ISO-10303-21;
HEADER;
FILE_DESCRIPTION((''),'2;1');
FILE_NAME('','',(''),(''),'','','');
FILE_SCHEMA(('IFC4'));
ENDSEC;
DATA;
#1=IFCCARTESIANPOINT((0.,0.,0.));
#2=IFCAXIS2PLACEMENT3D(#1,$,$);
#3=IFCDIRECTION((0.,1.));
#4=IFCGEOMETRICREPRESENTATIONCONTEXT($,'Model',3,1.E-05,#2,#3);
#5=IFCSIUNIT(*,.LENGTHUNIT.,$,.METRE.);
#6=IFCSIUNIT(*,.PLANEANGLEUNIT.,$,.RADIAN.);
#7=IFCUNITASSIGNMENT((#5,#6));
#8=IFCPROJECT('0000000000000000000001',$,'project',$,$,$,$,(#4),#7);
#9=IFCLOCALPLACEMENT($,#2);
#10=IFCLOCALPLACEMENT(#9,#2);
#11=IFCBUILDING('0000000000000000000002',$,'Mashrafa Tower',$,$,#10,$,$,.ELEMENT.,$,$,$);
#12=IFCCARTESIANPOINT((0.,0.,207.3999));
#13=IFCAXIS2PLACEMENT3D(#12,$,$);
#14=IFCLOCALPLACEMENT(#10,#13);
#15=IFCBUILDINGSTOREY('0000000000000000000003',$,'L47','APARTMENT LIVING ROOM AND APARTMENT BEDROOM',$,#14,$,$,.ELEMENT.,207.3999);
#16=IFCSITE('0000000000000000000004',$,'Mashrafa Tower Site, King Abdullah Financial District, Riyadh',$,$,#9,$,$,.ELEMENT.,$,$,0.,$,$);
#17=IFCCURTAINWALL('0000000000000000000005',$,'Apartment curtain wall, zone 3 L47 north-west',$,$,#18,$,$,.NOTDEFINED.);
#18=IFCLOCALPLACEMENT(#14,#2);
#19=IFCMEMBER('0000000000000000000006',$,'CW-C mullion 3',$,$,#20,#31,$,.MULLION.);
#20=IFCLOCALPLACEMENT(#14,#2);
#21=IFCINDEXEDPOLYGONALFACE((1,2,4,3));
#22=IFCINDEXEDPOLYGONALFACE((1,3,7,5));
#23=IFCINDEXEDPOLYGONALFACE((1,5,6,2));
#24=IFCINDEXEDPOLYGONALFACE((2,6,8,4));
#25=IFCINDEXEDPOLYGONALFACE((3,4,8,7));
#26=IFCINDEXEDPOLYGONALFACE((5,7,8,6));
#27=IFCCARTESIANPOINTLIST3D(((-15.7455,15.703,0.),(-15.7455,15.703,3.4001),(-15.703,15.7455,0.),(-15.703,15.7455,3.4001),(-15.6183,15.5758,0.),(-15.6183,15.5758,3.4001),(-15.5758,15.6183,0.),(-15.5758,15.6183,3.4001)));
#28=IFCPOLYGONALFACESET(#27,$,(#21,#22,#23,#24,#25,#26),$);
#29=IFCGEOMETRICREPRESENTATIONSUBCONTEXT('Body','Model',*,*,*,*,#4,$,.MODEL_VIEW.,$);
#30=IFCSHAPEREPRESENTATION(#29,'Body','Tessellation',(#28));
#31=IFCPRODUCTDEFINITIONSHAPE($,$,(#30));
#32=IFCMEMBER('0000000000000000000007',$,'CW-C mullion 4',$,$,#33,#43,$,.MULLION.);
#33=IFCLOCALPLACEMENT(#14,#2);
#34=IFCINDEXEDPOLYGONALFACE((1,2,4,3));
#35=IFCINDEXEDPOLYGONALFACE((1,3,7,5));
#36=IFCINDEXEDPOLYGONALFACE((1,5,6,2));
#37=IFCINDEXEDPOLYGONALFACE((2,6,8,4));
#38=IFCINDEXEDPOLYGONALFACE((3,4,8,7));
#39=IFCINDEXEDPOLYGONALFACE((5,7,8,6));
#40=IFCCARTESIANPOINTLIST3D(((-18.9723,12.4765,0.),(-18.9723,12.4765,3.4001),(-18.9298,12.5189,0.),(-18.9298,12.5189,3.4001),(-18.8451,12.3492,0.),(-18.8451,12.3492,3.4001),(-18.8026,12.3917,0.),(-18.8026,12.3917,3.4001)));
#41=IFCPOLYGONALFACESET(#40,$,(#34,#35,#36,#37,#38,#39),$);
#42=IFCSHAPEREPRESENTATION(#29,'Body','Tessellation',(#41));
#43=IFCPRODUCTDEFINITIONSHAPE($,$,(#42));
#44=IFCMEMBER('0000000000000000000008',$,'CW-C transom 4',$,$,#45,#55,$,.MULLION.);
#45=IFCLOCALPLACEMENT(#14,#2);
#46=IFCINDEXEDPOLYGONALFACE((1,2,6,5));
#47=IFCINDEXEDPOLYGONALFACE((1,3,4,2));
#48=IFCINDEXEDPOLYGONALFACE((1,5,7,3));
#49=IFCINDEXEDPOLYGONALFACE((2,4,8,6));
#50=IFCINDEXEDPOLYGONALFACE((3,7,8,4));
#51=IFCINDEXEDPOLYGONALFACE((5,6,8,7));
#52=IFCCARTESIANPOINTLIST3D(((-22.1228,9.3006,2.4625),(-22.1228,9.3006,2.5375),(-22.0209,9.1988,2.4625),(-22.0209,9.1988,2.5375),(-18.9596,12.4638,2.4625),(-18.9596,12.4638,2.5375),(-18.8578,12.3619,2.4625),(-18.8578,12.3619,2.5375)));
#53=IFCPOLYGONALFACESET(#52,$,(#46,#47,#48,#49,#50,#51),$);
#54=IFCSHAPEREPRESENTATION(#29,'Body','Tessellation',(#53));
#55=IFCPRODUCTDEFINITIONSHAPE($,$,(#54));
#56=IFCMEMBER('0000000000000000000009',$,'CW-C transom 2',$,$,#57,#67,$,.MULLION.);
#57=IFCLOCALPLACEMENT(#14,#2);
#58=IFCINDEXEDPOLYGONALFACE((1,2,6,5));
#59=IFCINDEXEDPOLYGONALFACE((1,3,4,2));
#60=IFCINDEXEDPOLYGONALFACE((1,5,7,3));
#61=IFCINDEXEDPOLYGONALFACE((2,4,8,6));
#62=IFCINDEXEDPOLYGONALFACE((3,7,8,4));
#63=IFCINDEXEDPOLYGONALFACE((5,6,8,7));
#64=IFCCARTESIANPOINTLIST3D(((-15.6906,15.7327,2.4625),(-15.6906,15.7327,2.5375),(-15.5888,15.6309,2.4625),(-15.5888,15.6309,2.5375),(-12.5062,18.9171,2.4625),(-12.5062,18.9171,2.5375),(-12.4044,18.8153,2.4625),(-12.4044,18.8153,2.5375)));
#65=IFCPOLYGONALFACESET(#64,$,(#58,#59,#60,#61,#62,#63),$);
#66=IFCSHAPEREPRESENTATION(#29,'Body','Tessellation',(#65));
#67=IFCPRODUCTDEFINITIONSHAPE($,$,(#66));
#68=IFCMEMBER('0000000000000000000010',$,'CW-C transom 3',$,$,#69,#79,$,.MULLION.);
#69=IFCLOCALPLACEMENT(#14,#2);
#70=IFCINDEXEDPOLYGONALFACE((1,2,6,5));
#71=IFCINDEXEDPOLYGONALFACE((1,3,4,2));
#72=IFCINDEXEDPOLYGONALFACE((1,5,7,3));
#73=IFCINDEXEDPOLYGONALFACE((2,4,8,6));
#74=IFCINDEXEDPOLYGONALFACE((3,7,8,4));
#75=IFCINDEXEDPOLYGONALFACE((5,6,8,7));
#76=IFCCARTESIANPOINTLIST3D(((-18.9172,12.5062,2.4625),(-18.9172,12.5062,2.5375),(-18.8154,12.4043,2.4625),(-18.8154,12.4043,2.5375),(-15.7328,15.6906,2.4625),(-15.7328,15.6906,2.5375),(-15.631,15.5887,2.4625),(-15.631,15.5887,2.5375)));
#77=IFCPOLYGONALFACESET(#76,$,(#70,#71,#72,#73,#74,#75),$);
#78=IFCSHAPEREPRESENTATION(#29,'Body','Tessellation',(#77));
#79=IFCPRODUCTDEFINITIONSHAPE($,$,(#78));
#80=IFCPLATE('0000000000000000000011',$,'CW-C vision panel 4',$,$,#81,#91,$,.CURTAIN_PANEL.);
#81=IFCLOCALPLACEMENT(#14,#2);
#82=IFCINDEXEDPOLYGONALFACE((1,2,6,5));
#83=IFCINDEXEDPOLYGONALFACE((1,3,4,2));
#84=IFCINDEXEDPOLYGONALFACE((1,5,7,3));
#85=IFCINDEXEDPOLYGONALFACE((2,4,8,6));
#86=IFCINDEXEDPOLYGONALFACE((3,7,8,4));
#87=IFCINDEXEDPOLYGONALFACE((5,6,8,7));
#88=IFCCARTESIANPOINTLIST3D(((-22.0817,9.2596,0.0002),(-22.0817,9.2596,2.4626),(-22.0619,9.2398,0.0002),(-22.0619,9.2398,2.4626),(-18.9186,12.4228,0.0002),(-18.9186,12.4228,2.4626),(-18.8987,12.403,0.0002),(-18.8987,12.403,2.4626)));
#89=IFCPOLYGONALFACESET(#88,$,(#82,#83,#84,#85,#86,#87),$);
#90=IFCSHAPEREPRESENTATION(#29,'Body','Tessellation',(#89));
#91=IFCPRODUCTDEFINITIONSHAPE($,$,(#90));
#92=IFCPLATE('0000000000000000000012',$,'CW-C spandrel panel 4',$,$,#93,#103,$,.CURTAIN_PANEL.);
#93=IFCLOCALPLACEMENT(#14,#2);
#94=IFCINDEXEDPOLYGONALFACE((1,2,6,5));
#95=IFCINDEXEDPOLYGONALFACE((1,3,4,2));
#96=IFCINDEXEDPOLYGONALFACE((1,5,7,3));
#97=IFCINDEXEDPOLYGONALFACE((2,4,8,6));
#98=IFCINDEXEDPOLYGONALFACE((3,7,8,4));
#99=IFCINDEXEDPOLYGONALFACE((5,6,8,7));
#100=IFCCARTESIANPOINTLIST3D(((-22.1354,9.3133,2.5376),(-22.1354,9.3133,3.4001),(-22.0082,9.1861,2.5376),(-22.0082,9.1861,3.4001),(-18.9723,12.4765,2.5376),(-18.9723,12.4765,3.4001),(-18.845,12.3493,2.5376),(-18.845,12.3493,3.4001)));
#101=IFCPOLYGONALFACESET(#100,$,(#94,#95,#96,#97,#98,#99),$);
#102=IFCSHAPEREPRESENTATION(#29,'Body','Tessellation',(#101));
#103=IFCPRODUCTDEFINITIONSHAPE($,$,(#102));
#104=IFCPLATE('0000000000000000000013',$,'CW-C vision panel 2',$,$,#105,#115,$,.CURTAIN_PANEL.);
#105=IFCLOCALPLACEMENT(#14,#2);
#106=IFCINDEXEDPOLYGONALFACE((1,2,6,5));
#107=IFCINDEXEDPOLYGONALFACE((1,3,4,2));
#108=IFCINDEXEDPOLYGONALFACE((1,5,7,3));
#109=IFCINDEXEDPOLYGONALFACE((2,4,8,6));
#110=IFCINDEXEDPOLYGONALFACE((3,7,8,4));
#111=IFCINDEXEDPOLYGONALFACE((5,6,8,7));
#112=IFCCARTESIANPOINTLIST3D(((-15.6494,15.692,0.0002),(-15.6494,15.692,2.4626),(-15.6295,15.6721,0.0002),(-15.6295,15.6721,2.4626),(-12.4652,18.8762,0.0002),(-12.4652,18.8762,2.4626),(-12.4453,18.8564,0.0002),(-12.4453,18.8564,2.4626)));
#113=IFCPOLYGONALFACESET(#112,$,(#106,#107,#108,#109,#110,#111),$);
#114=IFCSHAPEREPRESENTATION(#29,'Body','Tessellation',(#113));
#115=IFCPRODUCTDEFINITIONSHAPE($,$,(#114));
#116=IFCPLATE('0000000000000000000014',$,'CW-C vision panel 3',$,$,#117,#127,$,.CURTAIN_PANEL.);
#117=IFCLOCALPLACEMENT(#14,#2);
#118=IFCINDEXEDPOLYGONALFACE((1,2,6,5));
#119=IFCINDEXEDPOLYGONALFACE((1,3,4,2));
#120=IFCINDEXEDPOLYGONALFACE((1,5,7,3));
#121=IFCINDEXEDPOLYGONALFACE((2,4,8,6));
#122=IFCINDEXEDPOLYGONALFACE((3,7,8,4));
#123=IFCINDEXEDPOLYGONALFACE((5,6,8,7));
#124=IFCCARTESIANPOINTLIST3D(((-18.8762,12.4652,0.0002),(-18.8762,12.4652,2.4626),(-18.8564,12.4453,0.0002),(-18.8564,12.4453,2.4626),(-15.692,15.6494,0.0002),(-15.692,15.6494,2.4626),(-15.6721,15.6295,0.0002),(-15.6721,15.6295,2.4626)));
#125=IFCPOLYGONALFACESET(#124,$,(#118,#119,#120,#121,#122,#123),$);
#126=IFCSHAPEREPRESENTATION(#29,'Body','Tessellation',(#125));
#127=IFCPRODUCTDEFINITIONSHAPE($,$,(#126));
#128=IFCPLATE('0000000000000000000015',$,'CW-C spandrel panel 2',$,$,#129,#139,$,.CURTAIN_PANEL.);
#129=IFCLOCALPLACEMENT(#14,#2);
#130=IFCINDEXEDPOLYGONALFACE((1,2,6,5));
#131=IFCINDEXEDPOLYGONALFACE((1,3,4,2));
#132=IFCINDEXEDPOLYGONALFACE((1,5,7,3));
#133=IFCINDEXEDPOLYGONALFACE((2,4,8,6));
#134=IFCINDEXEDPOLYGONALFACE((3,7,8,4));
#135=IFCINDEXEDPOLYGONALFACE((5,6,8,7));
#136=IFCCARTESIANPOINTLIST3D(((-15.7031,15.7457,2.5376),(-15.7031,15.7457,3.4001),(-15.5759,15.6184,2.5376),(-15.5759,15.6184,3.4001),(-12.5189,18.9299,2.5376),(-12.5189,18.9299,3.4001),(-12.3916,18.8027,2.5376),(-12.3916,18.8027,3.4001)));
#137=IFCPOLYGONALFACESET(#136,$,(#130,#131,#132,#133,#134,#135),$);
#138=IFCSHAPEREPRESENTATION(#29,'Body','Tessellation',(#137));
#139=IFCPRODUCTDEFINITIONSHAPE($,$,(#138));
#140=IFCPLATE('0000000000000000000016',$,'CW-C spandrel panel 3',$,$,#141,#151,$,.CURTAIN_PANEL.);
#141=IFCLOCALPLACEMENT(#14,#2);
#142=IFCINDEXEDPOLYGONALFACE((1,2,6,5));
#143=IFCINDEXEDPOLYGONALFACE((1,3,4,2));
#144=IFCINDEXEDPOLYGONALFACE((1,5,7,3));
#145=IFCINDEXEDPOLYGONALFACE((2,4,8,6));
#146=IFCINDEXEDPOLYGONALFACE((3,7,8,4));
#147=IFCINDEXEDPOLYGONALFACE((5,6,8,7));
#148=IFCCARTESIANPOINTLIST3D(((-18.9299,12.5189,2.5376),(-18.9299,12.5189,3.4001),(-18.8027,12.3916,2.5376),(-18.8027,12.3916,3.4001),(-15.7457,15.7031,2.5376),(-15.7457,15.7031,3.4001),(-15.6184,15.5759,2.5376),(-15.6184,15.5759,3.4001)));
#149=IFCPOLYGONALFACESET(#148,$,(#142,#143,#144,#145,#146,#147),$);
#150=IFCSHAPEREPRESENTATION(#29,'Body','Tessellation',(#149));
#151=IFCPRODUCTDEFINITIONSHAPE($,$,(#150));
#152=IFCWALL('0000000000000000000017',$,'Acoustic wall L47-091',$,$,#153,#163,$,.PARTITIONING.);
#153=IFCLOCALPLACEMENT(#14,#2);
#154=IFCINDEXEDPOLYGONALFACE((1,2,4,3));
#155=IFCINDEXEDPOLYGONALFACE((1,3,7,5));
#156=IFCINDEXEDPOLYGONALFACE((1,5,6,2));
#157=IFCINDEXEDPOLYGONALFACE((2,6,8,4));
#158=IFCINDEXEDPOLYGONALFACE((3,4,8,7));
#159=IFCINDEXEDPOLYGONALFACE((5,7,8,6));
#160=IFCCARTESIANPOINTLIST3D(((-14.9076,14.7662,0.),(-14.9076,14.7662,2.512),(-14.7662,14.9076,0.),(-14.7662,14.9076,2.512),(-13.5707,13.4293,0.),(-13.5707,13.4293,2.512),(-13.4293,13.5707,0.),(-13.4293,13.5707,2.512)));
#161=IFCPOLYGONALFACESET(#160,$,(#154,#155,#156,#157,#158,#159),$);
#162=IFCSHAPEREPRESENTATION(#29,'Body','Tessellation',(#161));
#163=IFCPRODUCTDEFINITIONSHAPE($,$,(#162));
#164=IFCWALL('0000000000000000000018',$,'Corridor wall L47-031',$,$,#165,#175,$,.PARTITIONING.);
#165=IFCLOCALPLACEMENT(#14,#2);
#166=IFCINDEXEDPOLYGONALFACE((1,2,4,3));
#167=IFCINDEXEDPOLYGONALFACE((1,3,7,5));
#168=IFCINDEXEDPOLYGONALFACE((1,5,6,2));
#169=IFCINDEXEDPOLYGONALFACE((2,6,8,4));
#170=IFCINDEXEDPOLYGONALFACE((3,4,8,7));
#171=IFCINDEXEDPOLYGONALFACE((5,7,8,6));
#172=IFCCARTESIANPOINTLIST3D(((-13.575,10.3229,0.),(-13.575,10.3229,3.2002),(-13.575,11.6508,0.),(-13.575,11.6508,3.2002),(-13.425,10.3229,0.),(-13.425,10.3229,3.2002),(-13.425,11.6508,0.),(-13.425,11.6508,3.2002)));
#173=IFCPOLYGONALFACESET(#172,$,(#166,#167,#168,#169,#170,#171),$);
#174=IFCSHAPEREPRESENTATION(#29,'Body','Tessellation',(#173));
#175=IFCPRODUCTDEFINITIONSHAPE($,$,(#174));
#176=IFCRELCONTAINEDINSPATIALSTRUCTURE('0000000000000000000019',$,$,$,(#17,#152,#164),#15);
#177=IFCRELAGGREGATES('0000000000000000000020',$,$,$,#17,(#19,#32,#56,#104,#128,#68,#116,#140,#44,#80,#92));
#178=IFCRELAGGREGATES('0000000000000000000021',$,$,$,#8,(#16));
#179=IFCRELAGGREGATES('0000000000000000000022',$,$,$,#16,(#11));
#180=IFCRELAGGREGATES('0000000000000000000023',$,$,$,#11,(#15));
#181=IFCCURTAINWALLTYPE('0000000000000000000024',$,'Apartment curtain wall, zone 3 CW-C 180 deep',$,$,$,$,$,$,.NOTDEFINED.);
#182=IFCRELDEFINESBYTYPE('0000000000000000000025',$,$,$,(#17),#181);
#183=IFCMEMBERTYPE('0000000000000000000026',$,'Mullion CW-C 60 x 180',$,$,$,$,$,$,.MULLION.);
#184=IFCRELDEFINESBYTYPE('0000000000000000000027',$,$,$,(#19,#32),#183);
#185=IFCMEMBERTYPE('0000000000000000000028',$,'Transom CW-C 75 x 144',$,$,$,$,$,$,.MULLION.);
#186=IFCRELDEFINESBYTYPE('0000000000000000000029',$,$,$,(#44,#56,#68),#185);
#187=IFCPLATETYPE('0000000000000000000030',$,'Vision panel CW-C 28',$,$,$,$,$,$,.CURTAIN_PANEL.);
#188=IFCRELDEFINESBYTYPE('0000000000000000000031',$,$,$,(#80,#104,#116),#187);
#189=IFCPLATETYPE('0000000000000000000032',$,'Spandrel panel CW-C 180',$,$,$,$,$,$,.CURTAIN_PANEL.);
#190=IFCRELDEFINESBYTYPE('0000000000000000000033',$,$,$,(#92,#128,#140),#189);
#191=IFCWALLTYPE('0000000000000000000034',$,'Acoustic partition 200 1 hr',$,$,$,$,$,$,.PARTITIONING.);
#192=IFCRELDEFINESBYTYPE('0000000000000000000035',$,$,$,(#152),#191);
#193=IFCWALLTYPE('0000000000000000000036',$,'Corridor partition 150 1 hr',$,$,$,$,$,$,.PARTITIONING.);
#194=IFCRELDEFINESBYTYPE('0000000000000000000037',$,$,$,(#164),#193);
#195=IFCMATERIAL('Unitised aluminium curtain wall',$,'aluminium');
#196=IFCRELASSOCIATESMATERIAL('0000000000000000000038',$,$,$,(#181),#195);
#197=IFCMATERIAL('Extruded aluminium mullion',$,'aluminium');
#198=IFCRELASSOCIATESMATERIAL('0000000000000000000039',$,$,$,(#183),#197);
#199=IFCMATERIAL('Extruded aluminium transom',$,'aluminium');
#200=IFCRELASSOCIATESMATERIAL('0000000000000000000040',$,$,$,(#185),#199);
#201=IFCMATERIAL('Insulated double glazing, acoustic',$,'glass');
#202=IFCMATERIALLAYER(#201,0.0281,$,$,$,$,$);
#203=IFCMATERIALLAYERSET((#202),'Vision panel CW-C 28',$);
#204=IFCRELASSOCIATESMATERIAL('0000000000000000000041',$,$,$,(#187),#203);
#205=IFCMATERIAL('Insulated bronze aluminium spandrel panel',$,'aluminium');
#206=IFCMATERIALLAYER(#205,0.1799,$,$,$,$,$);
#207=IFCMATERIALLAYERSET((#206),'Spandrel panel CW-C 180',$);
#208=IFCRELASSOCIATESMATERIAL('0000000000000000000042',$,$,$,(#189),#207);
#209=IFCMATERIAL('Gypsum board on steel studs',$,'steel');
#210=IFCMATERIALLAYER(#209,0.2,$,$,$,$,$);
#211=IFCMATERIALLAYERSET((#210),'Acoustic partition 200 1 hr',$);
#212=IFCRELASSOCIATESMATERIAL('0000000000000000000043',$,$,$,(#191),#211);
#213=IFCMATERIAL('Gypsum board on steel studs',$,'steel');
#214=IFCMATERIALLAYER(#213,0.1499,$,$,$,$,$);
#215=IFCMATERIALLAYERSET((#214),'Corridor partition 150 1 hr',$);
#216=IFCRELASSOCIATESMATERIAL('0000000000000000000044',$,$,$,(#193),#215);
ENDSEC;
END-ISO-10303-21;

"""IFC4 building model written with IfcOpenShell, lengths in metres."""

from ifc_helpers import new_model, si_unit, direction, frame, frame_2d, origin, origin_2d, place, context, subcontext, project, spatial, rectangle, extrude, source, transform, mapped, material, layer, layer_set, material_profile, profile_set, type_object, type_shapes, element, aggregate, save


model = new_model("IFC4")

# Units and contexts
model_context = context("Model", 3, precision=1e-05, world=origin(), true_north=direction((0.0, 1.0)))
body_context = subcontext(model_context, "Body", "Model", "MODEL_VIEW")
ifc_project = project(units=[si_unit("LENGTHUNIT", "METRE"), si_unit("PLANEANGLEUNIT", "RADIAN")], contexts=[model_context])

# Site, building, storey
site_placement = place(None, origin())
site = spatial("IfcSite", under=ifc_project, at=site_placement, Name="Mashrafa Tower Site, King Abdullah Financial District, Riyadh", CompositionType="ELEMENT", RefElevation=0.0)
building_placement = place(site_placement, origin())
building = spatial("IfcBuilding", under=site, at=building_placement, Name="Mashrafa Tower", CompositionType="ELEMENT")
storey_placement = place(building_placement, frame((0.0, 0.0, 207.3999)))
storey = spatial("IfcBuildingStorey", under=building, at=storey_placement, Name="L47", Description="APARTMENT LIVING ROOM AND APARTMENT BEDROOM", CompositionType="ELEMENT", Elevation=207.3999)

# Curtain wall, members, plates
ifc_material_1 = material(Name="Unitised aluminium curtain wall", Category="aluminium")
curtain_wall_type = type_object("IfcCurtainWallType", Name="Apartment curtain wall, zone 3 CW-C 180 deep", PredefinedType="NOTDEFINED", material=ifc_material_1)
curtain_wall_placement = place(storey_placement, origin())
curtain_wall = element("IfcCurtainWall", 1, at=curtain_wall_placement, inside=storey, type_object=curtain_wall_type, Name="Apartment curtain wall, zone 3 L47 north-west", PredefinedType="NOTDEFINED")
ifc_material_2 = material(Name="Extruded aluminium mullion", Category="aluminium")
ifc_material_profile_1 = material_profile(ifc_material_2, rectangle(XDim=0.1799, YDim=0.0601, at=origin_2d()), Name="Mullion 60x180")
ifc_profile_set_1 = profile_set([ifc_material_profile_1], Name="Extruded aluminium mullion")
member_type_1 = type_object("IfcMemberType", Name="Mullion CW-C 60 x 180", PredefinedType="MULLION", material=ifc_profile_set_1)
shared_shape_1 = source(origin(), body_context, "Body", "SweptSolid", [
    extrude(rectangle(XDim=0.1799, YDim=0.0601, at=origin_2d()), origin(), (0.0, 0.0, 1.0), 3.4001),
])
type_shapes(member_type_1, [shared_shape_1])
member_1_placement = place(storey_placement, frame((-15.6606, 15.6606, 0.0), z_axis=(0.0, 0.0, 1.0), x_axis=(0.707107, -0.707107, 0.0)))
member_1 = element("IfcMember", 2, at=member_1_placement, type_object=member_type_1, Name="CW-C mullion 3", PredefinedType="MULLION", context=body_context, shape_type="MappedRepresentation", body=[
    mapped(shared_shape_1, transform((0.0, 0.0, 0.0))),
])
member_2_placement = place(storey_placement, frame((-18.8875, 12.4341, 0.0), z_axis=(0.0, 0.0, 1.0), x_axis=(0.707107, -0.707107, 0.0)))
member_2 = element("IfcMember", 3, at=member_2_placement, type_object=member_type_1, Name="CW-C mullion 4", PredefinedType="MULLION", context=body_context, shape_type="MappedRepresentation", body=[
    mapped(shared_shape_1, transform((0.0, 0.0, 0.0))),
])
ifc_material_3 = material(Name="Extruded aluminium transom", Category="aluminium")
ifc_material_profile_2 = material_profile(ifc_material_3, rectangle(XDim=0.144, YDim=0.075, at=origin_2d()), Name="Transom 75x144")
ifc_profile_set_2 = profile_set([ifc_material_profile_2], Name="Extruded aluminium transom")
member_type_2 = type_object("IfcMemberType", Name="Transom CW-C 75 x 144", PredefinedType="MULLION", material=ifc_profile_set_2)
shared_shape_2 = source(origin(), body_context, "Body", "SweptSolid", [
    extrude(rectangle(XDim=0.144, YDim=0.075, at=origin_2d()), origin(), (0.0, 0.0, 1.0), 4.4734),
])
member_3_placement = place(storey_placement, frame((-18.9087, 12.4128, 2.5), z_axis=(-0.707107, -0.707107, 0.0), x_axis=(0.707107, -0.707107, 0.0)))
member_3 = element("IfcMember", 4, at=member_3_placement, type_object=member_type_2, Name="CW-C transom 4", PredefinedType="MULLION", context=body_context, shape_type="MappedRepresentation", body=[
    mapped(shared_shape_2, transform((0.0, 0.0, 0.0))),
])
shared_shape_3 = source(origin(), body_context, "Body", "SweptSolid", [
    extrude(rectangle(XDim=0.144, YDim=0.075, at=origin_2d()), origin(), (0.0, 0.0, 1.0), 4.5034),
])
type_shapes(member_type_2, [shared_shape_2, shared_shape_3])
member_4_placement = place(storey_placement, frame((-12.4553, 18.8662, 2.5), z_axis=(-0.707107, -0.707107, 0.0), x_axis=(0.707107, -0.707107, 0.0)))
member_4 = element("IfcMember", 5, at=member_4_placement, type_object=member_type_2, Name="CW-C transom 2", PredefinedType="MULLION", context=body_context, shape_type="MappedRepresentation", body=[
    mapped(shared_shape_3, transform((0.0, 0.0, 0.0))),
])
member_5_placement = place(storey_placement, frame((-15.6819, 15.6396, 2.5), z_axis=(-0.707107, -0.707107, 0.0), x_axis=(0.707107, -0.707107, 0.0)))
member_5 = element("IfcMember", 6, at=member_5_placement, type_object=member_type_2, Name="CW-C transom 3", PredefinedType="MULLION", context=body_context, shape_type="MappedRepresentation", body=[
    mapped(shared_shape_3, transform((0.0, 0.0, 0.0))),
])
ifc_material_4 = material(Name="Insulated double glazing, acoustic", Category="glass")
ifc_layer_1 = layer(ifc_material_4, 0.0281)
ifc_layer_set_1 = layer_set([ifc_layer_1], Name="Vision panel CW-C 28")
plate_type_1 = type_object("IfcPlateType", Name="Vision panel CW-C 28", PredefinedType="CURTAIN_PANEL", material=ifc_layer_set_1)
shared_shape_4 = source(origin(), body_context, "Body", "SweptSolid", [
    extrude(rectangle(XDim=4.4734, YDim=0.0281, at=origin_2d()), origin(), (0.0, 0.0, 1.0), 2.4624),
])
plate_1_placement = place(storey_placement, frame((-20.4902, 10.8313, 0.0002), z_axis=(0.0, 0.0, 1.0), x_axis=(-0.707107, -0.707107, 0.0)))
plate_1 = element("IfcPlate", 7, at=plate_1_placement, type_object=plate_type_1, Name="CW-C vision panel 4", PredefinedType="CURTAIN_PANEL", context=body_context, shape_type="MappedRepresentation", body=[
    mapped(shared_shape_4, transform((0.0, 0.0, 0.0))),
])
ifc_material_5 = material(Name="Insulated bronze aluminium spandrel panel", Category="aluminium")
ifc_layer_2 = layer(ifc_material_5, 0.1799)
ifc_layer_set_2 = layer_set([ifc_layer_2], Name="Spandrel panel CW-C 180")
plate_type_2 = type_object("IfcPlateType", Name="Spandrel panel CW-C 180", PredefinedType="CURTAIN_PANEL", material=ifc_layer_set_2)
shared_shape_5 = source(origin(), body_context, "Body", "SweptSolid", [
    extrude(rectangle(XDim=4.4734, YDim=0.1799, at=origin_2d()), origin(), (0.0, 0.0, 1.0), 0.8625),
])
plate_2_placement = place(storey_placement, frame((-20.4902, 10.8313, 2.5376), z_axis=(0.0, 0.0, 1.0), x_axis=(-0.707107, -0.707107, 0.0)))
plate_2 = element("IfcPlate", 8, at=plate_2_placement, type_object=plate_type_2, Name="CW-C spandrel panel 4", PredefinedType="CURTAIN_PANEL", context=body_context, shape_type="MappedRepresentation", body=[
    mapped(shared_shape_5, transform((0.0, 0.0, 0.0))),
])
shared_shape_6 = source(origin(), body_context, "Body", "SweptSolid", [
    extrude(rectangle(XDim=4.5032, YDim=0.0281, at=origin_2d()), origin(), (0.0, 0.0, 1.0), 2.4624),
])
type_shapes(plate_type_1, [shared_shape_4, shared_shape_6])
plate_3_placement = place(storey_placement, frame((-14.0474, 17.2742, 0.0002), z_axis=(0.0, 0.0, 1.0), x_axis=(-0.707107, -0.707107, 0.0)))
plate_3 = element("IfcPlate", 9, at=plate_3_placement, type_object=plate_type_1, Name="CW-C vision panel 2", PredefinedType="CURTAIN_PANEL", context=body_context, shape_type="MappedRepresentation", body=[
    mapped(shared_shape_6, transform((0.0, 0.0, 0.0))),
])
plate_4_placement = place(storey_placement, frame((-17.2742, 14.0474, 0.0002), z_axis=(0.0, 0.0, 1.0), x_axis=(-0.707107, -0.707107, 0.0)))
plate_4 = element("IfcPlate", 10, at=plate_4_placement, type_object=plate_type_1, Name="CW-C vision panel 3", PredefinedType="CURTAIN_PANEL", context=body_context, shape_type="MappedRepresentation", body=[
    mapped(shared_shape_6, transform((0.0, 0.0, 0.0))),
])
shared_shape_7 = source(origin(), body_context, "Body", "SweptSolid", [
    extrude(rectangle(XDim=4.5032, YDim=0.1799, at=origin_2d()), origin(), (0.0, 0.0, 1.0), 0.8625),
])
type_shapes(plate_type_2, [shared_shape_5, shared_shape_7])
plate_5_placement = place(storey_placement, frame((-14.0474, 17.2742, 2.5376), z_axis=(0.0, 0.0, 1.0), x_axis=(-0.707107, -0.707107, 0.0)))
plate_5 = element("IfcPlate", 11, at=plate_5_placement, type_object=plate_type_2, Name="CW-C spandrel panel 2", PredefinedType="CURTAIN_PANEL", context=body_context, shape_type="MappedRepresentation", body=[
    mapped(shared_shape_7, transform((0.0, 0.0, 0.0))),
])
plate_6_placement = place(storey_placement, frame((-17.2742, 14.0474, 2.5376), z_axis=(0.0, 0.0, 1.0), x_axis=(-0.707107, -0.707107, 0.0)))
plate_6 = element("IfcPlate", 12, at=plate_6_placement, type_object=plate_type_2, Name="CW-C spandrel panel 3", PredefinedType="CURTAIN_PANEL", context=body_context, shape_type="MappedRepresentation", body=[
    mapped(shared_shape_7, transform((0.0, 0.0, 0.0))),
])
aggregate(curtain_wall, [member_1, member_2, member_4, plate_3, plate_5, member_5, plate_4, plate_6, member_3, plate_1, plate_2])

# Walls
ifc_material_6 = material(Name="Gypsum board on steel studs", Category="steel")
ifc_layer_3 = layer(ifc_material_6, 0.2)
ifc_layer_set_3 = layer_set([ifc_layer_3], Name="Acoustic partition 200 1 hr")
wall_type_1 = type_object("IfcWallType", Name="Acoustic partition 200 1 hr", PredefinedType="PARTITIONING", material=ifc_layer_set_3)
wall_1_placement = place(storey_placement, frame((-14.8369, 14.8369, 0.0), z_axis=(0.0, 0.0, 1.0), x_axis=(0.707107, -0.707107, 0.0)))
element("IfcWall", 13, at=wall_1_placement, inside=storey, type_object=wall_type_1, Name="Acoustic wall L47-091", PredefinedType="PARTITIONING", context=body_context, shape_type="SweptSolid", body=[
    extrude(rectangle(XDim=1.8906, YDim=0.2, at=frame_2d((0.9453, 0.0))), origin(), (0.0, 0.0, 1.0), 2.512),
])
ifc_material_7 = material(Name="Gypsum board on steel studs", Category="steel")
ifc_layer_4 = layer(ifc_material_7, 0.1499)
ifc_layer_set_4 = layer_set([ifc_layer_4], Name="Corridor partition 150 1 hr")
wall_type_2 = type_object("IfcWallType", Name="Corridor partition 150 1 hr", PredefinedType="PARTITIONING", material=ifc_layer_set_4)
wall_2_placement = place(storey_placement, frame((-13.5, 11.6509, 0.0), z_axis=(0.0, 0.0, 1.0), x_axis=(0.0, -1.0, 0.0)))
element("IfcWall", 14, at=wall_2_placement, inside=storey, type_object=wall_type_2, Name="Corridor wall L47-031", PredefinedType="PARTITIONING", context=body_context, shape_type="SweptSolid", body=[
    extrude(rectangle(XDim=1.3279, YDim=0.1499, at=frame_2d((0.6641, 0.0))), origin(), (0.0, 0.0, 1.0), 3.2002),
])

save(model, "model.ifc")
